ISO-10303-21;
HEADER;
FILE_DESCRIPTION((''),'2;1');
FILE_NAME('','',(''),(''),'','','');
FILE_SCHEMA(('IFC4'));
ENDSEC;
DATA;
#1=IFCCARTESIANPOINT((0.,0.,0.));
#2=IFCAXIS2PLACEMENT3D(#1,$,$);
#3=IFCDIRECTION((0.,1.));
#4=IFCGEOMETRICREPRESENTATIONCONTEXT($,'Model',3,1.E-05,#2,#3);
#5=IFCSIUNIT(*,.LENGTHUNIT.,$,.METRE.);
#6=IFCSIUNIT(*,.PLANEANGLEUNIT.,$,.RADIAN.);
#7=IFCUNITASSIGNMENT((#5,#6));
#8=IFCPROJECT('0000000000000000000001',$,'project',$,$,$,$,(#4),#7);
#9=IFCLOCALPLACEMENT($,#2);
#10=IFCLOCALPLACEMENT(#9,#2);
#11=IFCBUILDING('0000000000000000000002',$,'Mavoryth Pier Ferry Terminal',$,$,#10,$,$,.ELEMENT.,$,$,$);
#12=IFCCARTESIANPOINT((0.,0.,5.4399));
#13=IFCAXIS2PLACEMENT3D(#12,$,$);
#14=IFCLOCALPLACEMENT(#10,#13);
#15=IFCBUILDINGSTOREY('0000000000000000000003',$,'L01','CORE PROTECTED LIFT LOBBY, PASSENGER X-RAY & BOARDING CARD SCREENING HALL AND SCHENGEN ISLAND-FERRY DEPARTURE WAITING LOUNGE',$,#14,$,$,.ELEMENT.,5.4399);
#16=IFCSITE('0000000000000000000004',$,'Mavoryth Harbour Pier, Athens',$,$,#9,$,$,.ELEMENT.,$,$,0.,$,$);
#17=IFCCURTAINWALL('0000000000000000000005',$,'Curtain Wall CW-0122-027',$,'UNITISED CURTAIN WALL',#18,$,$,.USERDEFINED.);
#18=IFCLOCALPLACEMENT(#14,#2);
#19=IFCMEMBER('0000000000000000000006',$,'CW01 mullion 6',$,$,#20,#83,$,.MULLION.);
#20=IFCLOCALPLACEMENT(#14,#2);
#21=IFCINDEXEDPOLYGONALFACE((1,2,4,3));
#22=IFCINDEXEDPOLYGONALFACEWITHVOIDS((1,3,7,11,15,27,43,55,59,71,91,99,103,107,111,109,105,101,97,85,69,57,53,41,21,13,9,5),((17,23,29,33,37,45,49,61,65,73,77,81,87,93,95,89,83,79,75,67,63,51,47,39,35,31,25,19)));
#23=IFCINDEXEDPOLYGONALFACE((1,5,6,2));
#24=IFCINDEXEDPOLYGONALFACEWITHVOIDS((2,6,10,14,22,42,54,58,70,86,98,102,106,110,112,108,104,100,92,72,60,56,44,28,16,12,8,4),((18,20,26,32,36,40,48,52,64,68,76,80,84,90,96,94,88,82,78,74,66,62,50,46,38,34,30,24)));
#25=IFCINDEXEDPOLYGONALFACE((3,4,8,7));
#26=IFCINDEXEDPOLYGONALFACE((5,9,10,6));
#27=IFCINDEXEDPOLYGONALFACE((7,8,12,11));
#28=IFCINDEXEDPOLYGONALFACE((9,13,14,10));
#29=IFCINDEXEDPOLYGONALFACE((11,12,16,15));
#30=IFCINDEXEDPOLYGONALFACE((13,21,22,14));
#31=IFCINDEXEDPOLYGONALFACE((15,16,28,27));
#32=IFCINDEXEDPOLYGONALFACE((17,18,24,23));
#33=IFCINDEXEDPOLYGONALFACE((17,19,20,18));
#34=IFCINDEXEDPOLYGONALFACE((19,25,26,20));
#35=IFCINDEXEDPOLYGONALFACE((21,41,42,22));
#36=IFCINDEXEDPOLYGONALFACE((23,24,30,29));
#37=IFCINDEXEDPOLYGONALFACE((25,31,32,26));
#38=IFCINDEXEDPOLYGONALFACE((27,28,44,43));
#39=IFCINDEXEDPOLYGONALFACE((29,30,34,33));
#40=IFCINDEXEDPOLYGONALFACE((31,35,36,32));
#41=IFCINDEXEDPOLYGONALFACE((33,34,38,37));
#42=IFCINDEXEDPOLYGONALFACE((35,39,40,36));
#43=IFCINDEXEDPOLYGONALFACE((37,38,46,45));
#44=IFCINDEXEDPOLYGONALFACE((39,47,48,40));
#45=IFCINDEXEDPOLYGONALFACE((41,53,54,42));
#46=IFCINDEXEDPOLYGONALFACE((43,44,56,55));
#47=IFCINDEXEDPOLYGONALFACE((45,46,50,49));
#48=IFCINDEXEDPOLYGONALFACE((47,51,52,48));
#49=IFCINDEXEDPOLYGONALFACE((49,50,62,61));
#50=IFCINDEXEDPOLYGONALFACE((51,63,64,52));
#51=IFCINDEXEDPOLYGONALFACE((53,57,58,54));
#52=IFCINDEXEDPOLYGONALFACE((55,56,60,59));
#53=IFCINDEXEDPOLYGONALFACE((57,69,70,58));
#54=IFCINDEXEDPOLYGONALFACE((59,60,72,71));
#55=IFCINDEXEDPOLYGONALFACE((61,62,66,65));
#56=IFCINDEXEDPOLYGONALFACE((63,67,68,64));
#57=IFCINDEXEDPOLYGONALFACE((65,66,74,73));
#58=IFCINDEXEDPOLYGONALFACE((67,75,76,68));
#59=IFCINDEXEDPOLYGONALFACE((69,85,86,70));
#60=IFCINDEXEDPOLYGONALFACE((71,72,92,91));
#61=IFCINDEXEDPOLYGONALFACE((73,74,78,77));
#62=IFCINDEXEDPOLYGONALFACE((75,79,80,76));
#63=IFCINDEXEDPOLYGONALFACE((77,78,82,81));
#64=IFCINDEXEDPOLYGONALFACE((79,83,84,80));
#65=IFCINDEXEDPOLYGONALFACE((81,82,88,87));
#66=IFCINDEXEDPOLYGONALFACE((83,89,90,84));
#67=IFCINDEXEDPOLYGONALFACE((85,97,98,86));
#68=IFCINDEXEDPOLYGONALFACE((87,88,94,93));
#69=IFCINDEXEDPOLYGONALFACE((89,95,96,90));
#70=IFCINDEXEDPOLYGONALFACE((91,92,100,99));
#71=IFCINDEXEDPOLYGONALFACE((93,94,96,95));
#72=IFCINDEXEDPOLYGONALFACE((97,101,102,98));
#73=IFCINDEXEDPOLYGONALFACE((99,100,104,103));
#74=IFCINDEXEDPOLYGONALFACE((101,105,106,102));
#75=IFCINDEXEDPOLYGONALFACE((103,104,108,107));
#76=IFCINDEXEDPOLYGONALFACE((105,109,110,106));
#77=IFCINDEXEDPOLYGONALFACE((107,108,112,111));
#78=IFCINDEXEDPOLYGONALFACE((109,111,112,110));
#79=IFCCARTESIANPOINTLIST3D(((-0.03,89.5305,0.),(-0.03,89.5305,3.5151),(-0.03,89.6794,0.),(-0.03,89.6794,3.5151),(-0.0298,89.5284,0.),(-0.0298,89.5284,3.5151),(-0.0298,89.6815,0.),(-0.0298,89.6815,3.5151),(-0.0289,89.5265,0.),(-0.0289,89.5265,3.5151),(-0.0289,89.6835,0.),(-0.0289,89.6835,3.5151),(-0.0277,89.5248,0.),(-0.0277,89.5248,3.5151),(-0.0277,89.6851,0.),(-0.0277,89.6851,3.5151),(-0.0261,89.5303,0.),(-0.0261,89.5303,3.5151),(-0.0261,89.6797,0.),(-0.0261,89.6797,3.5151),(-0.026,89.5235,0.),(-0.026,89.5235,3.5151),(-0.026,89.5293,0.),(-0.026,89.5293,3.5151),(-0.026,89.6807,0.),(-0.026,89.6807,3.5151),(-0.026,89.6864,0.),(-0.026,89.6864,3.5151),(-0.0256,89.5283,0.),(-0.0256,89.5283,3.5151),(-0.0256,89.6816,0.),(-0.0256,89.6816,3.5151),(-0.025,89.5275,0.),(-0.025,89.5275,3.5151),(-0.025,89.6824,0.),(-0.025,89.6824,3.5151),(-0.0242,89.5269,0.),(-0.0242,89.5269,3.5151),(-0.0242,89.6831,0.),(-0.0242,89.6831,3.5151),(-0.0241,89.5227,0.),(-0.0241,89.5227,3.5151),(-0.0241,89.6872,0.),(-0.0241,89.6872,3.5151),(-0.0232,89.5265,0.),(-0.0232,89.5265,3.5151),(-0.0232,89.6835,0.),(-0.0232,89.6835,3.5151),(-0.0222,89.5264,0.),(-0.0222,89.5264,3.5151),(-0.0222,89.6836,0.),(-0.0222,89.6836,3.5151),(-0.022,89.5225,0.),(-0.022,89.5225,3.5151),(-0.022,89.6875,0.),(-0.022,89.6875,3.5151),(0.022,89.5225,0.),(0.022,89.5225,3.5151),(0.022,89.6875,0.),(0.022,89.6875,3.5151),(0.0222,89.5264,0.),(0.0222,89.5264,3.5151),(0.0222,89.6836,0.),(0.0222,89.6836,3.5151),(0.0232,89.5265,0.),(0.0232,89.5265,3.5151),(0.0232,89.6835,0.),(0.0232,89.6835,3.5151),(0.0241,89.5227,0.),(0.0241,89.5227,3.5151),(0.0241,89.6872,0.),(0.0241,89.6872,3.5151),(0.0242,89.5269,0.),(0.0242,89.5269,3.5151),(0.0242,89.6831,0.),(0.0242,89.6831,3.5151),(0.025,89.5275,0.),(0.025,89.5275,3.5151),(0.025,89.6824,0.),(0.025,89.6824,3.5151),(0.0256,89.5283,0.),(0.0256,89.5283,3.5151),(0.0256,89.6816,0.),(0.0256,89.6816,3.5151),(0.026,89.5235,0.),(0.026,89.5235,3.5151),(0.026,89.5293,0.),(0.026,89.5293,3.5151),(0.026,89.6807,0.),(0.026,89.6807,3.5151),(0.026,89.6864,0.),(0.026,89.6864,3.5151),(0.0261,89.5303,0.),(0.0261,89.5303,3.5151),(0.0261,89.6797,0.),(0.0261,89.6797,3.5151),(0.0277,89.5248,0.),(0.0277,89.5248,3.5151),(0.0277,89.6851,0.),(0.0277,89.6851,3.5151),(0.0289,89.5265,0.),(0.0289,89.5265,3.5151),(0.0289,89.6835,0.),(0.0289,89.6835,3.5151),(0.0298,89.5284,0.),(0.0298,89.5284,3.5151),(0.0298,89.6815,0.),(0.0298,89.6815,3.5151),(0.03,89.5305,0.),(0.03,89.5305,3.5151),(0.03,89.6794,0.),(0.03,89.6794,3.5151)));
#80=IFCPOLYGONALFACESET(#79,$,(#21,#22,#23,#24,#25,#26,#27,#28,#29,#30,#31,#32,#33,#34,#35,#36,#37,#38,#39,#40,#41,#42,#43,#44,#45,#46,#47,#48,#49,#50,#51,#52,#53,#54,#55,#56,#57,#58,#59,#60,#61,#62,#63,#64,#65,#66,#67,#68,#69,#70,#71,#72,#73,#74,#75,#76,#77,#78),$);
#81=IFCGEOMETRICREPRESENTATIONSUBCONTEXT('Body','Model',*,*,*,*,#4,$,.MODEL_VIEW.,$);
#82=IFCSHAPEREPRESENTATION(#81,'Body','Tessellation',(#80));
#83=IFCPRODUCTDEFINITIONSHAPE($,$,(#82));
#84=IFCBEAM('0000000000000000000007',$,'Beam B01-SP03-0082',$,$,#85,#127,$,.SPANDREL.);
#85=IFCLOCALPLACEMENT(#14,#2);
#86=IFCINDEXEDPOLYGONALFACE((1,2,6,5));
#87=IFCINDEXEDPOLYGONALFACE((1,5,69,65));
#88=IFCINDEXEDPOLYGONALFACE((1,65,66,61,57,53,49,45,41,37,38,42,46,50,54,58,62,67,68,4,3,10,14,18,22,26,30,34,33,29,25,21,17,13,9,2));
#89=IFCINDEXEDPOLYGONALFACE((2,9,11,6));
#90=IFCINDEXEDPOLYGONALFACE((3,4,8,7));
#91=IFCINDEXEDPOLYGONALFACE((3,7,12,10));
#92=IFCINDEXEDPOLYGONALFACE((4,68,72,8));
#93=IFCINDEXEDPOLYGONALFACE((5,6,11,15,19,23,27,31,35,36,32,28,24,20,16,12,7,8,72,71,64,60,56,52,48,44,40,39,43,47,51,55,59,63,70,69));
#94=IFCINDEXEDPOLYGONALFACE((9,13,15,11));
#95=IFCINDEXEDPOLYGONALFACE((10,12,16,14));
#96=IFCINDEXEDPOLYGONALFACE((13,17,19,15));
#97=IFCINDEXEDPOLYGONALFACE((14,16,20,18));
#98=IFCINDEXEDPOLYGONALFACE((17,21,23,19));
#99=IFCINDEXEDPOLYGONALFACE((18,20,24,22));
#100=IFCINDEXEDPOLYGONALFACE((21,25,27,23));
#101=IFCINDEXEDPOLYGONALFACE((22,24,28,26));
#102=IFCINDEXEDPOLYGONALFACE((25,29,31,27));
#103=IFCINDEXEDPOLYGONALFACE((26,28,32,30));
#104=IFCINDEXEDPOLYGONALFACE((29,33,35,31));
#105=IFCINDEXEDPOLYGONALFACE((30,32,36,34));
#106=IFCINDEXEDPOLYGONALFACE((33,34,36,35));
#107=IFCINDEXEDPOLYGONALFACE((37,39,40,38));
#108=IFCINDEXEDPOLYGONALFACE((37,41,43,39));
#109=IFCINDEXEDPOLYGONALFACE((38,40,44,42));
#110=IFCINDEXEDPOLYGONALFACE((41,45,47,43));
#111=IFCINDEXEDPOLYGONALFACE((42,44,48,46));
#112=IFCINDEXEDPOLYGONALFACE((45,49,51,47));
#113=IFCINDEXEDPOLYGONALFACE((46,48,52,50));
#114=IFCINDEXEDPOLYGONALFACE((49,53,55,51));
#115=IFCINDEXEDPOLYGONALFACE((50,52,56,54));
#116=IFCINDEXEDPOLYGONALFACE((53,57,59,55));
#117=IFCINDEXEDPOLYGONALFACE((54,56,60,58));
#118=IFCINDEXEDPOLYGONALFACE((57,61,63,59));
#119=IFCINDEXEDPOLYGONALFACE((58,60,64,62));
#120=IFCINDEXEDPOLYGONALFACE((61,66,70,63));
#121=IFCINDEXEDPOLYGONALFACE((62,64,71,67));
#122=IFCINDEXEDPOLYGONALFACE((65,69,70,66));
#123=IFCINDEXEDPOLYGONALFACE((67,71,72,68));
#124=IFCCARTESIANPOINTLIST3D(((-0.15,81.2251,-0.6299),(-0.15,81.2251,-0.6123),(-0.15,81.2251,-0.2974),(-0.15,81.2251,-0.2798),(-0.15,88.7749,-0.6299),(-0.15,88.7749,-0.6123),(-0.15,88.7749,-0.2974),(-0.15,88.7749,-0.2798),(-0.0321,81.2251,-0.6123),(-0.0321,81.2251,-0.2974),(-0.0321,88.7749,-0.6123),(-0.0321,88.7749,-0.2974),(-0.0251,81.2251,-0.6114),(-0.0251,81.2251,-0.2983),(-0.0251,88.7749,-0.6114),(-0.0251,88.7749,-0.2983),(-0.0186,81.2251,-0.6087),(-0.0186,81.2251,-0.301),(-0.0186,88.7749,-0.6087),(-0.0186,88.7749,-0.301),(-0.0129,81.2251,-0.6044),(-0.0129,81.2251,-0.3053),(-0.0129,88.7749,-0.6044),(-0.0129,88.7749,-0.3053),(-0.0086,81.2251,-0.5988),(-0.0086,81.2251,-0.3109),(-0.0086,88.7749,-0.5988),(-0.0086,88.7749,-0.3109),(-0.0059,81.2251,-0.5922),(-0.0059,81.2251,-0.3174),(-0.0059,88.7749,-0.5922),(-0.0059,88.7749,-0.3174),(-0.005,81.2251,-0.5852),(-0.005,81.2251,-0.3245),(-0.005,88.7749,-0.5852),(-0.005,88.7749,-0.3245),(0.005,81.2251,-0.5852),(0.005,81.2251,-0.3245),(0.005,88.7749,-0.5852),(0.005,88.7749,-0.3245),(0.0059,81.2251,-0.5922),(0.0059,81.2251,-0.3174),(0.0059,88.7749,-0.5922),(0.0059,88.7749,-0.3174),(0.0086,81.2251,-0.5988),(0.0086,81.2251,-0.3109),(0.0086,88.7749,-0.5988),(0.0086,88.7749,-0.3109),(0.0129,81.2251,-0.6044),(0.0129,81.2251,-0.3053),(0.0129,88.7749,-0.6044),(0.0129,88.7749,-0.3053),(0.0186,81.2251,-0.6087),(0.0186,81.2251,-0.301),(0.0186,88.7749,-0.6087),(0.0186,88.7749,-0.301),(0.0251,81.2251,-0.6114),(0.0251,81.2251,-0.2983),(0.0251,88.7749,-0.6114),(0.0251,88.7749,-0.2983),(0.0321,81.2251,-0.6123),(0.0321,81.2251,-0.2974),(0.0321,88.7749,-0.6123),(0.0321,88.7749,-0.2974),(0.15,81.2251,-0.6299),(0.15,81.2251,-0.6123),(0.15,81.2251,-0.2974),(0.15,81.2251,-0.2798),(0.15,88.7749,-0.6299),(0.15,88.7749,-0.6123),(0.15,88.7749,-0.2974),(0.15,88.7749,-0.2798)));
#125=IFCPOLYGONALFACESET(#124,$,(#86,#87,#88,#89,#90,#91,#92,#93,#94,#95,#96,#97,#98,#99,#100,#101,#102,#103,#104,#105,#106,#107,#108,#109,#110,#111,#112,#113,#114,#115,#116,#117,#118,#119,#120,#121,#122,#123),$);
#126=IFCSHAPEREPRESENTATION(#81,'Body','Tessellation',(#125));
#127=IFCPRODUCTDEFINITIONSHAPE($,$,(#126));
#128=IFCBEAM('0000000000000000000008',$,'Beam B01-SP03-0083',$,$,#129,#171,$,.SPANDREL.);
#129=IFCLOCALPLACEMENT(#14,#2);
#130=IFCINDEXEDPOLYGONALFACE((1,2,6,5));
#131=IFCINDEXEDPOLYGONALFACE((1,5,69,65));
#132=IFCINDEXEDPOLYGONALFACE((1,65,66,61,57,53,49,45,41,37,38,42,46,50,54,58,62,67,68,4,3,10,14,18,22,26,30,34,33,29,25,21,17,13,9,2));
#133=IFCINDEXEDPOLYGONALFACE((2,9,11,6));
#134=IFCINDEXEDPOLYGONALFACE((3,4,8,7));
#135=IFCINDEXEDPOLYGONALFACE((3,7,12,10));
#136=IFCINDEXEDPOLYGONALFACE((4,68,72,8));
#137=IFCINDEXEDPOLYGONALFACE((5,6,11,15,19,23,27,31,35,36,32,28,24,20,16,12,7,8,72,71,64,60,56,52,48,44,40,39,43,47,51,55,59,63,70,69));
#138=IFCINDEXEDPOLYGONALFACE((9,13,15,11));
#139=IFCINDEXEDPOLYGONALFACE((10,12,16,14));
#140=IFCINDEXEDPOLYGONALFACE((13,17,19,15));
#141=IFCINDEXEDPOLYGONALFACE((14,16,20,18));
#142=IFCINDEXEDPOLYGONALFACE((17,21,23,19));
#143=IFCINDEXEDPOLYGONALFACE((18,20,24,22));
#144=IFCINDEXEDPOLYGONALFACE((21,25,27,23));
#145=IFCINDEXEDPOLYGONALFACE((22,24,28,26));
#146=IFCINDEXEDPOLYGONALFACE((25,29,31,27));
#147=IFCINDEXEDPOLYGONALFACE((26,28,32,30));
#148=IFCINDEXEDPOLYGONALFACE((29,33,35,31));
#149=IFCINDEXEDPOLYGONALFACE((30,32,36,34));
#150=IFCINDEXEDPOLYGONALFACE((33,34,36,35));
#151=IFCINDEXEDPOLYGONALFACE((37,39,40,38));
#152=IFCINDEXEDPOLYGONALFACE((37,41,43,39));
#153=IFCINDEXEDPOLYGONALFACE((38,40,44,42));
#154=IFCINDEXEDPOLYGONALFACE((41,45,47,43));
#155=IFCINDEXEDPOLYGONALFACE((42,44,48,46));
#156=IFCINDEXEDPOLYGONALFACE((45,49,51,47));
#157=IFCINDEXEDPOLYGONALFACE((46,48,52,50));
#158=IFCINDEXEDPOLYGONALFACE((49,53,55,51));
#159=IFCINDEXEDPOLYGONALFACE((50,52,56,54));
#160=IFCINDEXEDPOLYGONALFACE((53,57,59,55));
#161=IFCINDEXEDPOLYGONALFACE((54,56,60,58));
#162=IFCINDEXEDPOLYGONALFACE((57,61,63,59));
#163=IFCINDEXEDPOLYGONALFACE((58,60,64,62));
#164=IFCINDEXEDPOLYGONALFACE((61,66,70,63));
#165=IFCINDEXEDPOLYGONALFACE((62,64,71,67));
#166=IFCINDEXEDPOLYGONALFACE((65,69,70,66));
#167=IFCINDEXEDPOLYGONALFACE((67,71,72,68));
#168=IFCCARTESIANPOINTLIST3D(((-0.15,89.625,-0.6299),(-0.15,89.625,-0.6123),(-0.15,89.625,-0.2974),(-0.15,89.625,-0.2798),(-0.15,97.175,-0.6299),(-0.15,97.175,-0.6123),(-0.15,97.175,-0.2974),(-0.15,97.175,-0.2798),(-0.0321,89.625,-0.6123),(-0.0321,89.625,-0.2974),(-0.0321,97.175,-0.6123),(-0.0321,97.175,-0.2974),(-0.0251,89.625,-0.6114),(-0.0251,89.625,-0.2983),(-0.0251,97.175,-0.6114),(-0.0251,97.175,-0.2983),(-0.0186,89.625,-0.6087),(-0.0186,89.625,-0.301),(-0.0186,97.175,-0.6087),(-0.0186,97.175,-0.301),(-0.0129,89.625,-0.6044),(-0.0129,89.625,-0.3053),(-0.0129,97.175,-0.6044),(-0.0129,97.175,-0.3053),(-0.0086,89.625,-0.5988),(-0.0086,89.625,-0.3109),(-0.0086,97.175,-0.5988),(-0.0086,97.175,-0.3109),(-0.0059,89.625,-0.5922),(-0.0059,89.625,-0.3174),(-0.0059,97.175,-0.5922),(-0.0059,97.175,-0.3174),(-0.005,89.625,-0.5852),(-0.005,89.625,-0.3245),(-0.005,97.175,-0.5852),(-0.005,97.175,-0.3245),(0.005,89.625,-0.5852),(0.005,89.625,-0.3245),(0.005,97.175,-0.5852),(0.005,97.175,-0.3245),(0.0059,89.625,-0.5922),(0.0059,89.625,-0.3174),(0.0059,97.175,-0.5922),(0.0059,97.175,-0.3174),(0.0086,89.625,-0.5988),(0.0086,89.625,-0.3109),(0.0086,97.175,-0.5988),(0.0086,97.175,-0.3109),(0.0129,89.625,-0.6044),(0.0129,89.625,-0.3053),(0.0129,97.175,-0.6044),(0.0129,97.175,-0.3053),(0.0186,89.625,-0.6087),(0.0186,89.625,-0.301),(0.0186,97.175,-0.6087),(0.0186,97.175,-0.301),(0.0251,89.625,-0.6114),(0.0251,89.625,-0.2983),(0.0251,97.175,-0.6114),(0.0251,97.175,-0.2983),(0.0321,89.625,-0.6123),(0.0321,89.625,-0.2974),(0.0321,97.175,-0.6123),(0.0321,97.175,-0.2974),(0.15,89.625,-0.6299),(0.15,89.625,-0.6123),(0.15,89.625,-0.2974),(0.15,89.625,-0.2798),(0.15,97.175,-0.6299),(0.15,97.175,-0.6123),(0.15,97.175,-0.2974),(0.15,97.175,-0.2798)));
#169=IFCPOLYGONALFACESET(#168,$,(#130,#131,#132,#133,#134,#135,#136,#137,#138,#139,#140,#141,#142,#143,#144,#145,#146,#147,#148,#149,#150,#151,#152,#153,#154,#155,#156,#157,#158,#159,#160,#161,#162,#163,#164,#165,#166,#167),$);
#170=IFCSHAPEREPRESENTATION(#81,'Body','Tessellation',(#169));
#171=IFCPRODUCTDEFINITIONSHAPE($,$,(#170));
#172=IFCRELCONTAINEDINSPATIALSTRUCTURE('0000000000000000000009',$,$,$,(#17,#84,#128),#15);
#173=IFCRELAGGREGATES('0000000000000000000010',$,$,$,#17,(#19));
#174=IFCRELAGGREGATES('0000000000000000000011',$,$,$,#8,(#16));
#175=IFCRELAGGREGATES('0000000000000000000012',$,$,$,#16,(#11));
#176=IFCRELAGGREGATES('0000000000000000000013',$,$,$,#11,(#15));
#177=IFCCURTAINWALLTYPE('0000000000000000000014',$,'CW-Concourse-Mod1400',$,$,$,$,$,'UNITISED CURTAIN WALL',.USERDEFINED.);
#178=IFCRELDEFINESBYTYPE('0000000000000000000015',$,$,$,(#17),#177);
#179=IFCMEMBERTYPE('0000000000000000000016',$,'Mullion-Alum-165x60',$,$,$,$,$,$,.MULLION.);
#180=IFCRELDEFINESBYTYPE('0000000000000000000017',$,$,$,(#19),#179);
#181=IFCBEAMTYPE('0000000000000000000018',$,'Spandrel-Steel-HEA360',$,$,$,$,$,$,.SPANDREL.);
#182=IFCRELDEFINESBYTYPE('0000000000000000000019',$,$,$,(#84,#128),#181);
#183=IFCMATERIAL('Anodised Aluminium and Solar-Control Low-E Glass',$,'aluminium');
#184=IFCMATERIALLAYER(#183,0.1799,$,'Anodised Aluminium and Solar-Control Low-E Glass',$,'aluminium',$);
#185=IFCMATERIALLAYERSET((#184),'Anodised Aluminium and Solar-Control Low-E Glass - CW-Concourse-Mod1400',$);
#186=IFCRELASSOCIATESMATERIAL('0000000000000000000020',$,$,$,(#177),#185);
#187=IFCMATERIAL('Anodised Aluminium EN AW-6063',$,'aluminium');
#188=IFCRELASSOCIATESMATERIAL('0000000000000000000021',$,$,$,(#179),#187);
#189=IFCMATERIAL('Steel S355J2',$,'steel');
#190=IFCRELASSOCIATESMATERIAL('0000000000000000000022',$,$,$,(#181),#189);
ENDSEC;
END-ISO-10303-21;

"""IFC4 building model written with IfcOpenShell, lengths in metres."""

from ifc_helpers import new_model, si_unit, direction, frame, origin, origin_2d, place, context, subcontext, project, spatial, hollow_rectangle, i_section, extrude, material, layer, layer_set, material_profile, profile_set, type_object, element, aggregate, save


model = new_model("IFC4")

# Units and contexts
model_context = context("Model", 3, precision=1e-05, world=origin(), true_north=direction((0.0, 1.0)))
body_context = subcontext(model_context, "Body", "Model", "MODEL_VIEW")
ifc_project = project(units=[si_unit("LENGTHUNIT", "METRE"), si_unit("PLANEANGLEUNIT", "RADIAN")], contexts=[model_context])

# Site, building, storey
site_placement = place(None, origin())
site = spatial("IfcSite", under=ifc_project, at=site_placement, Name="Mavoryth Harbour Pier, Athens", CompositionType="ELEMENT", RefElevation=0.0)
building_placement = place(site_placement, origin())
building = spatial("IfcBuilding", under=site, at=building_placement, Name="Mavoryth Pier Ferry Terminal", CompositionType="ELEMENT")
storey_placement = place(building_placement, frame((0.0, 0.0, 5.4399)))
storey = spatial("IfcBuildingStorey", under=building, at=storey_placement, Name="L01", Description="CORE PROTECTED LIFT LOBBY, PASSENGER X-RAY & BOARDING CARD SCREENING HALL AND SCHENGEN ISLAND-FERRY DEPARTURE WAITING LOUNGE", CompositionType="ELEMENT", Elevation=5.4399)

# Shared definitions
ifc_material_1 = material(Name="Steel S355J2", Category="steel")

# Curtain wall, member
ifc_material_2 = material(Name="Anodised Aluminium and Solar-Control Low-E Glass", Category="aluminium")
ifc_layer_1 = layer(ifc_material_2, 0.1799, Name="Anodised Aluminium and Solar-Control Low-E Glass", Category="aluminium")
ifc_layer_set_1 = layer_set([ifc_layer_1], Name="Anodised Aluminium and Solar-Control Low-E Glass - CW-Concourse-Mod1400")
curtain_wall_type = type_object("IfcCurtainWallType", Name="CW-Concourse-Mod1400", ElementType="UNITISED CURTAIN WALL", PredefinedType="USERDEFINED", material=ifc_layer_set_1)
ifc_material_3 = material(Name="Anodised Aluminium EN AW-6063", Category="aluminium")
ifc_material_profile_1 = material_profile(ifc_material_3, hollow_rectangle(XDim=0.0601, YDim=0.165, WallThickness=0.0039, InnerFilletRadius=0.0039, OuterFilletRadius=0.0081, at=origin_2d()), Name="AL-MULL 165x60x4", Category="aluminium")
ifc_profile_set_1 = profile_set([ifc_material_profile_1], Name="Anodised Aluminium EN AW-6063 - AL-MULL 165x60x4")
member_type_1 = type_object("IfcMemberType", Name="Mullion-Alum-165x60", PredefinedType="MULLION", material=ifc_profile_set_1)
curtain_wall_1_placement = place(storey_placement, origin())
curtain_wall_1 = element("IfcCurtainWall", 1, at=curtain_wall_1_placement, inside=storey, type_object=curtain_wall_type, Name="Curtain Wall CW-0122-027", ObjectType="UNITISED CURTAIN WALL", PredefinedType="USERDEFINED")
member_1_placement = place(storey_placement, frame((0.0, 89.605, 0.0), z_axis=(0.0, 0.0, 1.0), x_axis=(1.0, 0.0, 0.0)))
member_1 = element("IfcMember", 2, at=member_1_placement, type_object=member_type_1, Name="CW01 mullion 6", PredefinedType="MULLION", context=body_context, shape_type="SweptSolid", body=[
    extrude(hollow_rectangle(XDim=0.0601, YDim=0.165, WallThickness=0.0039, InnerFilletRadius=0.0039, OuterFilletRadius=0.0081, at=origin_2d()), origin(), (0.0, 0.0, 1.0), 3.5151),
])

# Beams
ifc_material_profile_2 = material_profile(ifc_material_1, i_section(OverallWidth=0.3, OverallDepth=0.3501, WebThickness=0.01, FlangeThickness=0.0176, FilletRadius=0.0271, at=origin_2d()), Name="HEA 360", Category="steel")
ifc_profile_set_2 = profile_set([ifc_material_profile_2], Name="Steel S355J2 - HEA 360")
beam_type_1 = type_object("IfcBeamType", Name="Spandrel-Steel-HEA360", PredefinedType="SPANDREL", material=ifc_profile_set_2)
beam_1_placement = place(storey_placement, frame((0.0, 81.2251, -0.4548), z_axis=(0.0, 1.0, 0.0), x_axis=(-1.0, 0.0, 0.0)))
element("IfcBeam", 3, at=beam_1_placement, inside=storey, type_object=beam_type_1, Name="Beam B01-SP03-0082", PredefinedType="SPANDREL", context=body_context, shape_type="SweptSolid", body=[
    extrude(i_section(OverallWidth=0.3, OverallDepth=0.3501, WebThickness=0.01, FlangeThickness=0.0176, FilletRadius=0.0271, at=origin_2d()), origin(), (0.0, 0.0, 1.0), 7.5498),
])
beam_2_placement = place(storey_placement, frame((0.0, 89.625, -0.4548), z_axis=(0.0, 1.0, 0.0), x_axis=(-1.0, 0.0, 0.0)))
element("IfcBeam", 4, at=beam_2_placement, inside=storey, type_object=beam_type_1, Name="Beam B01-SP03-0083", PredefinedType="SPANDREL", context=body_context, shape_type="SweptSolid", body=[
    extrude(i_section(OverallWidth=0.3, OverallDepth=0.3501, WebThickness=0.01, FlangeThickness=0.0176, FilletRadius=0.0271, at=origin_2d()), origin(), (0.0, 0.0, 1.0), 7.55),
])

aggregate(curtain_wall_1, [member_1])

save(model, "model.ifc")
